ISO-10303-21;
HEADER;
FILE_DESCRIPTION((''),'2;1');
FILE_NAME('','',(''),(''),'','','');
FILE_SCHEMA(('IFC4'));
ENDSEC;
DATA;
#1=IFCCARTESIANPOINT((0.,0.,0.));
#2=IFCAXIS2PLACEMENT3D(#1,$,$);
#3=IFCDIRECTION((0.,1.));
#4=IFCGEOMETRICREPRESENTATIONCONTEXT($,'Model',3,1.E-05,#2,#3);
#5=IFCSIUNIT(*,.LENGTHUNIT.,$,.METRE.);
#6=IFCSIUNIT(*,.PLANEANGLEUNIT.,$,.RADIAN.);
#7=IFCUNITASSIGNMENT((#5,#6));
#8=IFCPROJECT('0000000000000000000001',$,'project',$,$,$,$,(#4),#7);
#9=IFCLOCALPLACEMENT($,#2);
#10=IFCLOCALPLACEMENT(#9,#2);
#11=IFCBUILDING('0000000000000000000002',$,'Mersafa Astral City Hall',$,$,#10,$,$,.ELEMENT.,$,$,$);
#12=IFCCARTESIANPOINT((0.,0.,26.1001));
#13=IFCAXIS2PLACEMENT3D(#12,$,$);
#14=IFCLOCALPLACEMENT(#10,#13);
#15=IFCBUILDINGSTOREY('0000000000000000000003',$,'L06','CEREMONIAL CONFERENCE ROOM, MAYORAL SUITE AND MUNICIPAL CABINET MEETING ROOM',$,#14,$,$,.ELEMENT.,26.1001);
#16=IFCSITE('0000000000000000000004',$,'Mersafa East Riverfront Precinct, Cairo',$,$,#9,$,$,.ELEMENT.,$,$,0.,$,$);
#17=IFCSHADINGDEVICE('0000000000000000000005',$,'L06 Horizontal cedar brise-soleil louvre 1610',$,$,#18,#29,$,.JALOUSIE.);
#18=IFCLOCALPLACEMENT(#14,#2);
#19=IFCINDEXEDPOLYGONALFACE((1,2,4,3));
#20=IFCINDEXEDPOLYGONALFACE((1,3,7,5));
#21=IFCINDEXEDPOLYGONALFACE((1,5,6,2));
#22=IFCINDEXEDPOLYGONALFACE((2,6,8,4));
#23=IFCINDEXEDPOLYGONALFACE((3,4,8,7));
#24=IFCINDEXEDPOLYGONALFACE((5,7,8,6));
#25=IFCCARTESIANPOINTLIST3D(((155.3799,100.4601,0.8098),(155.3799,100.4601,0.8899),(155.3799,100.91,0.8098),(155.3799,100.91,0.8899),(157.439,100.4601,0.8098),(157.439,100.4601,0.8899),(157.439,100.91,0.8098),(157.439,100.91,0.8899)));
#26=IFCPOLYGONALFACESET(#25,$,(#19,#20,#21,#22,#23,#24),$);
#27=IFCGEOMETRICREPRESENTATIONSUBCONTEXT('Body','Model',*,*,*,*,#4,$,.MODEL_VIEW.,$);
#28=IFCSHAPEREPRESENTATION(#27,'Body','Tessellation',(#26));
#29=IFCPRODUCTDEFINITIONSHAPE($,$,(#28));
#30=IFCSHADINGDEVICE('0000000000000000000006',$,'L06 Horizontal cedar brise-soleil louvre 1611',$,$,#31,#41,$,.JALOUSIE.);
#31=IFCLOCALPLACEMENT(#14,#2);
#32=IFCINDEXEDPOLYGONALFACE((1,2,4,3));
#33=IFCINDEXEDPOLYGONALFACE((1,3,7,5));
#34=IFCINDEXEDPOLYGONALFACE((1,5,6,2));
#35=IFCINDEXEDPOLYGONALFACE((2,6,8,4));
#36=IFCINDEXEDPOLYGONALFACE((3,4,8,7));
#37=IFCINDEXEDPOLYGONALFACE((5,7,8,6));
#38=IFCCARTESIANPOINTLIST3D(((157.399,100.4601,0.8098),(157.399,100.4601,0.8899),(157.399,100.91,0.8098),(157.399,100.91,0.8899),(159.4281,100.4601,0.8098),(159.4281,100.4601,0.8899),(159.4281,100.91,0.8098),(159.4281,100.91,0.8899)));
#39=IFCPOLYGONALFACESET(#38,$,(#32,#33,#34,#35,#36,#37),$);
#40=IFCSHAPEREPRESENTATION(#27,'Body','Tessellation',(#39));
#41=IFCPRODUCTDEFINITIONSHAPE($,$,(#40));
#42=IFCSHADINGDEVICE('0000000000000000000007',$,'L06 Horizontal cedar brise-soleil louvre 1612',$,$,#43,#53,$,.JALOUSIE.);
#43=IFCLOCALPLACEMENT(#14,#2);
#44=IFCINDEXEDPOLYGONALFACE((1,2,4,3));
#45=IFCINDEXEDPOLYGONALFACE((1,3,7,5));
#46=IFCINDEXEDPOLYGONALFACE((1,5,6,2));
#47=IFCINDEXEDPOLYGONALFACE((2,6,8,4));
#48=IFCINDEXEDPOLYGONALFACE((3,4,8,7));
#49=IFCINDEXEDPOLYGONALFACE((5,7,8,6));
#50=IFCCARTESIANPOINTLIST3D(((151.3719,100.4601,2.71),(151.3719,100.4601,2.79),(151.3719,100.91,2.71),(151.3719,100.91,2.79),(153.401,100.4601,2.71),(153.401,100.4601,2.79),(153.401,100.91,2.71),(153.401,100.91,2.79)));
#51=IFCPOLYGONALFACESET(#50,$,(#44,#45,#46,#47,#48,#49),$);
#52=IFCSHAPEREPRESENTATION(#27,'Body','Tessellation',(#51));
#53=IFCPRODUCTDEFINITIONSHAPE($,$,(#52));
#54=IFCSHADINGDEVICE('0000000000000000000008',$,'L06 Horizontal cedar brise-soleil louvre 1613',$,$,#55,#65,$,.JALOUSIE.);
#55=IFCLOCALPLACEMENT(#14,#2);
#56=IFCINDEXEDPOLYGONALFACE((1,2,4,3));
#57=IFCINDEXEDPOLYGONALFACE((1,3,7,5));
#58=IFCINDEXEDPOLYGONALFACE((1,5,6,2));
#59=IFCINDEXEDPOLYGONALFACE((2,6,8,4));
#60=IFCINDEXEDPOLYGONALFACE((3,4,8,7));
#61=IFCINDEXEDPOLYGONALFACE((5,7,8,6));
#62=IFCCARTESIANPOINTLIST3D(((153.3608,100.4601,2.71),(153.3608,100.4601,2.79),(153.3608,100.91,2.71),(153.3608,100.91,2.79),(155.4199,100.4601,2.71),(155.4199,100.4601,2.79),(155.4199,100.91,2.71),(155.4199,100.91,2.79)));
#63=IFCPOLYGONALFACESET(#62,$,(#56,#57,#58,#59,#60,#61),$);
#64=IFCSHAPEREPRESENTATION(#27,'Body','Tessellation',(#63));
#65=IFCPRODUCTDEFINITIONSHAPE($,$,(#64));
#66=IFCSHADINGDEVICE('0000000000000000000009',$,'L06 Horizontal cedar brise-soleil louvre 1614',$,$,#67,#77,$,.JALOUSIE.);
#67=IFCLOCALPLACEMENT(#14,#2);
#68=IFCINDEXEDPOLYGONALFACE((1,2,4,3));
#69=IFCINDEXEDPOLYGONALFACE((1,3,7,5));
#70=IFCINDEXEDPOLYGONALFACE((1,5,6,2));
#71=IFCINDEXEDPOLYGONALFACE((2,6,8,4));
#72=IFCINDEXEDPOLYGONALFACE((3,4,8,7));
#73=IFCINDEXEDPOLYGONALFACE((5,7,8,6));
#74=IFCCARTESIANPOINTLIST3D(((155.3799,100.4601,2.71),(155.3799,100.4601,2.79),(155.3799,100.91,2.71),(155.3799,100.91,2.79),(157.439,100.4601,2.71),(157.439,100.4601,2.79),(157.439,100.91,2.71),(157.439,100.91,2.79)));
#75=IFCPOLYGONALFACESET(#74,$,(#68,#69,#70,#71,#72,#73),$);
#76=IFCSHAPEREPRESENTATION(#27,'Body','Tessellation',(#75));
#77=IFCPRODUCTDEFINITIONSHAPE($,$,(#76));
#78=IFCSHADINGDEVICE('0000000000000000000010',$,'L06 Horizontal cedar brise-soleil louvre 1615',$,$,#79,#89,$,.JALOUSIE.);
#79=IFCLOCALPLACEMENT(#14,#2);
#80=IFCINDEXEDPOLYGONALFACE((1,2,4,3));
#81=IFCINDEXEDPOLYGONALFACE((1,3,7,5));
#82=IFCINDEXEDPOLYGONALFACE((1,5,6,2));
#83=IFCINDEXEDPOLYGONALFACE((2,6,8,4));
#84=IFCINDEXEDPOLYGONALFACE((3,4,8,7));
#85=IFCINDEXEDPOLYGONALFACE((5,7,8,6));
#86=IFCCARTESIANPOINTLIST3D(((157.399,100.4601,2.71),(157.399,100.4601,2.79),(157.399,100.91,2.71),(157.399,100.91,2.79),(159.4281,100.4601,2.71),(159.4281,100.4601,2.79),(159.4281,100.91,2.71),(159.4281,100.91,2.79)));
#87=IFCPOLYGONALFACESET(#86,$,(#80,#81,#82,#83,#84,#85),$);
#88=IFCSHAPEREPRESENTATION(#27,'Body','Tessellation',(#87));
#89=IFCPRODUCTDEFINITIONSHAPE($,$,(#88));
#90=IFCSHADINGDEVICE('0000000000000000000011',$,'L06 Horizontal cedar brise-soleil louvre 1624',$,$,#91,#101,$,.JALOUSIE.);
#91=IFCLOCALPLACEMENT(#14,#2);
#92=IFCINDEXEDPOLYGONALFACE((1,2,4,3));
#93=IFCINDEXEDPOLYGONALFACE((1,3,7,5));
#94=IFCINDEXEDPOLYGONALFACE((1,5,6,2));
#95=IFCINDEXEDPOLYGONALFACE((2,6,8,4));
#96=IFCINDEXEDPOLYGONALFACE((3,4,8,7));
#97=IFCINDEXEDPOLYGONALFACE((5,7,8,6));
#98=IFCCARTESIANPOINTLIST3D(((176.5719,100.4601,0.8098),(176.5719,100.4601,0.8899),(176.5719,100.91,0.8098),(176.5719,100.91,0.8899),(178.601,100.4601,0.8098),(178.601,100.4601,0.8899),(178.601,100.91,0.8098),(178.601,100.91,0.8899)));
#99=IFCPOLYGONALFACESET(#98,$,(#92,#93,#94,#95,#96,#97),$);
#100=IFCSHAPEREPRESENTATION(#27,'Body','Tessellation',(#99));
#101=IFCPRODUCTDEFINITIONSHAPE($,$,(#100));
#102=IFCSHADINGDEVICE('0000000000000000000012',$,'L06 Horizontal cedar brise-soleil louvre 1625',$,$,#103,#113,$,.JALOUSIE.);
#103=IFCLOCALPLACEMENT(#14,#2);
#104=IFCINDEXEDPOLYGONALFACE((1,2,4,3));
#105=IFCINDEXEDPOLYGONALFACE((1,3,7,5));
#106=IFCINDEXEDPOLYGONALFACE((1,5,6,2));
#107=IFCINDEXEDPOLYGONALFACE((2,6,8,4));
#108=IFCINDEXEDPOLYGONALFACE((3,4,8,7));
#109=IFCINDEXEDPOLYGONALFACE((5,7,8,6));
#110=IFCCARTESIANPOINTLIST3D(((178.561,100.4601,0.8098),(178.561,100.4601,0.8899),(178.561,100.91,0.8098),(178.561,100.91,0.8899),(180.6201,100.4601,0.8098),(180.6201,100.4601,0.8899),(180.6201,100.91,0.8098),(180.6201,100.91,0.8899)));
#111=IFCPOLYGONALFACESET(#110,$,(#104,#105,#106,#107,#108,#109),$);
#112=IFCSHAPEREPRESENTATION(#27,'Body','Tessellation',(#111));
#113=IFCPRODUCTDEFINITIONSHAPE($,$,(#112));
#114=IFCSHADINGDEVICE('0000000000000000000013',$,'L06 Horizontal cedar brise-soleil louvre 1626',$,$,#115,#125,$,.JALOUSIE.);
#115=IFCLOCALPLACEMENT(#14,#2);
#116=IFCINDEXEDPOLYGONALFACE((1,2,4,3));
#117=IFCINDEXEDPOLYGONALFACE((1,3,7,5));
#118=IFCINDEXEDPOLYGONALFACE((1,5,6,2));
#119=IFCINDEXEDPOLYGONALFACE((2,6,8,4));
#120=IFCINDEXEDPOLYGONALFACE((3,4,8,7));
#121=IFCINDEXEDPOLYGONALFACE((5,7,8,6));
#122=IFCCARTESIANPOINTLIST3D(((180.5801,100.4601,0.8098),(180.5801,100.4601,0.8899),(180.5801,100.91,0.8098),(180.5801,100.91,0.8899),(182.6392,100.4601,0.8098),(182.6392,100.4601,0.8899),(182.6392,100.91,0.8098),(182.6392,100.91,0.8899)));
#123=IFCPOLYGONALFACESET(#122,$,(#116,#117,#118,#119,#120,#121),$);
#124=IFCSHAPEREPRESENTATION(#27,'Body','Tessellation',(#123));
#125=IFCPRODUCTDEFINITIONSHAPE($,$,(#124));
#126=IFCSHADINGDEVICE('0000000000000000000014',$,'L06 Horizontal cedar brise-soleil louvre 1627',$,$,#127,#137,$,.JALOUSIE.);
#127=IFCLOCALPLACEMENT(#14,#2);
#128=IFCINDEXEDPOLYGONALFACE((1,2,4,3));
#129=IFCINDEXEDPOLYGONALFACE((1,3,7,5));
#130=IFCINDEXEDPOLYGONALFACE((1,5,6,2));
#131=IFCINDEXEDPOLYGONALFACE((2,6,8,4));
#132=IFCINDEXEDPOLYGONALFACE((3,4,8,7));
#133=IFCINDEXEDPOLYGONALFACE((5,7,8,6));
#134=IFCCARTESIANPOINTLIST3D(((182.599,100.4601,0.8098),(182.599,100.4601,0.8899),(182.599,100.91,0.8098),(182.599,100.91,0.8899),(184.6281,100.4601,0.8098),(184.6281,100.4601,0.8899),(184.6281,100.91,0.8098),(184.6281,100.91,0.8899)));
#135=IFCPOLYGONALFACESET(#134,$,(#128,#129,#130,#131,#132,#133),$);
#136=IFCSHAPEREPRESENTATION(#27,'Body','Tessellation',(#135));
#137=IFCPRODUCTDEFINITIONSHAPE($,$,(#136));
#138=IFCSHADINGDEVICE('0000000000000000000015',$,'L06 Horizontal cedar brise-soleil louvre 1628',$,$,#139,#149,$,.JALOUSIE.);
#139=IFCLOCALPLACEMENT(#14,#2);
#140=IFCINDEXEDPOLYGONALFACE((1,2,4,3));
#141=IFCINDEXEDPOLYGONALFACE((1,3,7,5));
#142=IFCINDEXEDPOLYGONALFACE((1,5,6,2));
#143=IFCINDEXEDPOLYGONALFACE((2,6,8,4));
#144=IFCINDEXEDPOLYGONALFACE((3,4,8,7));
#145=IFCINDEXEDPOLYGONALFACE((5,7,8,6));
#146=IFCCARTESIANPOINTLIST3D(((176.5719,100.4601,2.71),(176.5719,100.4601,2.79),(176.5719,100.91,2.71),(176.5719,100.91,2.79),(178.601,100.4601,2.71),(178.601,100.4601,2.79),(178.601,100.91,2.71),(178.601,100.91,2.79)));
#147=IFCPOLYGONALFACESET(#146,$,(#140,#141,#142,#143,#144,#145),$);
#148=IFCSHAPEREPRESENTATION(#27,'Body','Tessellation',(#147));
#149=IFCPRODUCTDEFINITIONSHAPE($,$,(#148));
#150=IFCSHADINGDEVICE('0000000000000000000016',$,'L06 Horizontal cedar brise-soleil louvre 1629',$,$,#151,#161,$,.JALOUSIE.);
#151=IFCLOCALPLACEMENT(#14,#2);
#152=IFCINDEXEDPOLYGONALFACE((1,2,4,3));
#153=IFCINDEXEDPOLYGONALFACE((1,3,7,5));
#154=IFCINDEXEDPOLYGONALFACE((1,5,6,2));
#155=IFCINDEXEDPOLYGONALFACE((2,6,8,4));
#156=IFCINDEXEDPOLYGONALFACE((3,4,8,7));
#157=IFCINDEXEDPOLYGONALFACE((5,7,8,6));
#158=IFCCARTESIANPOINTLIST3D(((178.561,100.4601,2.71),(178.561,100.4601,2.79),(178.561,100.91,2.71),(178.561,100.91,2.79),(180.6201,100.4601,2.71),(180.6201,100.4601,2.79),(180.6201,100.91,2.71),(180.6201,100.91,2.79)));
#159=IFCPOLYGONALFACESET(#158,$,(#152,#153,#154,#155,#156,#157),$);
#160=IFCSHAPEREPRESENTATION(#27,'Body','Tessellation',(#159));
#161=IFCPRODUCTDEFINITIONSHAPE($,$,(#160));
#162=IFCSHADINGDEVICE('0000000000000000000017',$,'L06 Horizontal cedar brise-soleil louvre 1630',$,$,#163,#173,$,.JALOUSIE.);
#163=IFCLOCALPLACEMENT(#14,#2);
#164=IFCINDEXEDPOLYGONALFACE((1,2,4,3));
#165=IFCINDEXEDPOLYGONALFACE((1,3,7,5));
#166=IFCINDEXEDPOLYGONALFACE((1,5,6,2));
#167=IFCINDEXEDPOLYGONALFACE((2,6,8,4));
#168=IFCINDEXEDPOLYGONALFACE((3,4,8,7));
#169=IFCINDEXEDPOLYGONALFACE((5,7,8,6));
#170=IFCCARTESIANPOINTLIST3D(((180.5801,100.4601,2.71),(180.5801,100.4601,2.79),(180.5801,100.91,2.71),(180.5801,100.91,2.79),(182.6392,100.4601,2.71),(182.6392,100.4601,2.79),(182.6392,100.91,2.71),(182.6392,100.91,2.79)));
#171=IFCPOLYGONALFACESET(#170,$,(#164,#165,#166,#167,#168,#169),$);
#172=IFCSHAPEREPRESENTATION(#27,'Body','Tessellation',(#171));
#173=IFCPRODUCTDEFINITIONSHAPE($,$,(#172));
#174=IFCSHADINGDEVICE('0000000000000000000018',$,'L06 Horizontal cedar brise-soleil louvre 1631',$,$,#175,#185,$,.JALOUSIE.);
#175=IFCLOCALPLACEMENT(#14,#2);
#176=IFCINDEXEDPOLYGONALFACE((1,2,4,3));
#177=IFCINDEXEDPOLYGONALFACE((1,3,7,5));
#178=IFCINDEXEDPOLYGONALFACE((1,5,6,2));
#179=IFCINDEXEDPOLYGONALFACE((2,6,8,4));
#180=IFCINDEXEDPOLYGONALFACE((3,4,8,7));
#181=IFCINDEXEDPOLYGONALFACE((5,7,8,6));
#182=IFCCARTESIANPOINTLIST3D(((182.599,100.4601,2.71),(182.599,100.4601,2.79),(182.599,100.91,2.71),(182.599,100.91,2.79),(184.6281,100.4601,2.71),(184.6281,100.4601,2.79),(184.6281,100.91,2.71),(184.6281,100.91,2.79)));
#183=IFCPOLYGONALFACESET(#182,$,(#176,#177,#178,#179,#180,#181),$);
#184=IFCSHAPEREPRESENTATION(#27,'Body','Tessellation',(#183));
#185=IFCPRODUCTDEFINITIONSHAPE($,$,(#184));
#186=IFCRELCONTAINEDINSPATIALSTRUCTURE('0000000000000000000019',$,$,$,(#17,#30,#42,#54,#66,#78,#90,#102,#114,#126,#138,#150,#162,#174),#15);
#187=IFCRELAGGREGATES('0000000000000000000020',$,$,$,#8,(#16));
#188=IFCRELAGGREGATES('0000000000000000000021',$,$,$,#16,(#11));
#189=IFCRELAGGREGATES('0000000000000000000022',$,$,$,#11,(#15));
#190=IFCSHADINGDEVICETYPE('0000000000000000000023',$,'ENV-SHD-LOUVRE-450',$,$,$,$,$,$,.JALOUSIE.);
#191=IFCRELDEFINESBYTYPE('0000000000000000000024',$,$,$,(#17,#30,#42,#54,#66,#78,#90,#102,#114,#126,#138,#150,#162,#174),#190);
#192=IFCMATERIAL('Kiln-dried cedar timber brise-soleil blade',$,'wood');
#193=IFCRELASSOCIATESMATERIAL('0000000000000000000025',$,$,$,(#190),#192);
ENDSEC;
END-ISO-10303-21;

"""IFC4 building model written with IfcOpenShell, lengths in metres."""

from ifc_helpers import new_model, si_unit, direction, frame, origin, origin_2d, place, context, subcontext, project, spatial, rectangle, extrude, material, type_object, element, save


model = new_model("IFC4")

# Units and contexts
model_context = context("Model", 3, precision=1e-05, world=origin(), true_north=direction((0.0, 1.0)))
body_context = subcontext(model_context, "Body", "Model", "MODEL_VIEW")
ifc_project = project(units=[si_unit("LENGTHUNIT", "METRE"), si_unit("PLANEANGLEUNIT", "RADIAN")], contexts=[model_context])

# Site, building, storey
site_placement = place(None, origin())
site = spatial("IfcSite", under=ifc_project, at=site_placement, Name="Mersafa East Riverfront Precinct, Cairo", CompositionType="ELEMENT", RefElevation=0.0)
building_placement = place(site_placement, origin())
building = spatial("IfcBuilding", under=site, at=building_placement, Name="Mersafa Astral City Hall", CompositionType="ELEMENT")
storey_placement = place(building_placement, frame((0.0, 0.0, 26.1001)))
storey = spatial("IfcBuildingStorey", under=building, at=storey_placement, Name="L06", Description="CEREMONIAL CONFERENCE ROOM, MAYORAL SUITE AND MUNICIPAL CABINET MEETING ROOM", CompositionType="ELEMENT", Elevation=26.1001)

# Shading devices
ifc_material_1 = material(Name="Kiln-dried cedar timber brise-soleil blade", Category="wood")
shading_device_type = type_object("IfcShadingDeviceType", Name="ENV-SHD-LOUVRE-450", PredefinedType="JALOUSIE", material=ifc_material_1)
for number, where, z_axis, x_axis, name in (
    (1, (156.4094, 100.6851, 0.8098), (0.0, 0.0, 1.0), (1.0, 0.0, 0.0), "L06 Horizontal cedar brise-soleil louvre 1610"),
):
    element("IfcShadingDevice", number, at=place(storey_placement, frame(where, z_axis=z_axis, x_axis=x_axis)), inside=storey, type_object=shading_device_type, Name=name, PredefinedType="JALOUSIE", context=body_context, shape_type="SweptSolid", body=[
        extrude(rectangle(XDim=2.0591, YDim=0.45, at=origin_2d()), origin(), (0.0, 0.0, 1.0), 0.0801),
    ])
for number, where, z_axis, x_axis, name in (
    (2, (158.4136, 100.6851, 0.8098), (0.0, 0.0, 1.0), (1.0, 0.0, 0.0), "L06 Horizontal cedar brise-soleil louvre 1611"),
    (3, (152.3865, 100.6851, 2.71), (0.0, 0.0, 1.0), (1.0, 0.0, 0.0), "L06 Horizontal cedar brise-soleil louvre 1612"),
):
    element("IfcShadingDevice", number, at=place(storey_placement, frame(where, z_axis=z_axis, x_axis=x_axis)), inside=storey, type_object=shading_device_type, Name=name, PredefinedType="JALOUSIE", context=body_context, shape_type="SweptSolid", body=[
        extrude(rectangle(XDim=2.0291, YDim=0.45, at=origin_2d()), origin(), (0.0, 0.0, 1.0), 0.0801),
    ])
for number, where, z_axis, x_axis, name in (
    (4, (154.3904, 100.6851, 2.71), (0.0, 0.0, 1.0), (1.0, 0.0, 0.0), "L06 Horizontal cedar brise-soleil louvre 1613"),
    (5, (156.4094, 100.6851, 2.71), (0.0, 0.0, 1.0), (1.0, 0.0, 0.0), "L06 Horizontal cedar brise-soleil louvre 1614"),
):
    element("IfcShadingDevice", number, at=place(storey_placement, frame(where, z_axis=z_axis, x_axis=x_axis)), inside=storey, type_object=shading_device_type, Name=name, PredefinedType="JALOUSIE", context=body_context, shape_type="SweptSolid", body=[
        extrude(rectangle(XDim=2.0591, YDim=0.45, at=origin_2d()), origin(), (0.0, 0.0, 1.0), 0.0801),
    ])
for number, where, z_axis, x_axis, name in (
    (6, (158.4136, 100.6851, 2.71), (0.0, 0.0, 1.0), (1.0, 0.0, 0.0), "L06 Horizontal cedar brise-soleil louvre 1615"),
    (7, (177.5864, 100.6851, 0.8098), (0.0, 0.0, 1.0), (1.0, 0.0, 0.0), "L06 Horizontal cedar brise-soleil louvre 1624"),
):
    element("IfcShadingDevice", number, at=place(storey_placement, frame(where, z_axis=z_axis, x_axis=x_axis)), inside=storey, type_object=shading_device_type, Name=name, PredefinedType="JALOUSIE", context=body_context, shape_type="SweptSolid", body=[
        extrude(rectangle(XDim=2.0291, YDim=0.45, at=origin_2d()), origin(), (0.0, 0.0, 1.0), 0.0801),
    ])
for number, where, z_axis, x_axis, name in (
    (8, (179.5906, 100.6851, 0.8098), (0.0, 0.0, 1.0), (1.0, 0.0, 0.0), "L06 Horizontal cedar brise-soleil louvre 1625"),
    (9, (181.6096, 100.6851, 0.8098), (0.0, 0.0, 1.0), (1.0, 0.0, 0.0), "L06 Horizontal cedar brise-soleil louvre 1626"),
):
    element("IfcShadingDevice", number, at=place(storey_placement, frame(where, z_axis=z_axis, x_axis=x_axis)), inside=storey, type_object=shading_device_type, Name=name, PredefinedType="JALOUSIE", context=body_context, shape_type="SweptSolid", body=[
        extrude(rectangle(XDim=2.0591, YDim=0.45, at=origin_2d()), origin(), (0.0, 0.0, 1.0), 0.0801),
    ])
for number, where, z_axis, x_axis, name in (
    (10, (183.6135, 100.6851, 0.8098), (0.0, 0.0, 1.0), (1.0, 0.0, 0.0), "L06 Horizontal cedar brise-soleil louvre 1627"),
    (11, (177.5864, 100.6851, 2.71), (0.0, 0.0, 1.0), (1.0, 0.0, 0.0), "L06 Horizontal cedar brise-soleil louvre 1628"),
):
    element("IfcShadingDevice", number, at=place(storey_placement, frame(where, z_axis=z_axis, x_axis=x_axis)), inside=storey, type_object=shading_device_type, Name=name, PredefinedType="JALOUSIE", context=body_context, shape_type="SweptSolid", body=[
        extrude(rectangle(XDim=2.0291, YDim=0.45, at=origin_2d()), origin(), (0.0, 0.0, 1.0), 0.0801),
    ])
for number, where, z_axis, x_axis, name in (
    (12, (179.5906, 100.6851, 2.71), (0.0, 0.0, 1.0), (1.0, 0.0, 0.0), "L06 Horizontal cedar brise-soleil louvre 1629"),
    (13, (181.6096, 100.6851, 2.71), (0.0, 0.0, 1.0), (1.0, 0.0, 0.0), "L06 Horizontal cedar brise-soleil louvre 1630"),
):
    element("IfcShadingDevice", number, at=place(storey_placement, frame(where, z_axis=z_axis, x_axis=x_axis)), inside=storey, type_object=shading_device_type, Name=name, PredefinedType="JALOUSIE", context=body_context, shape_type="SweptSolid", body=[
        extrude(rectangle(XDim=2.0591, YDim=0.45, at=origin_2d()), origin(), (0.0, 0.0, 1.0), 0.0801),
    ])
shading_device_1_placement = place(storey_placement, frame((183.6135, 100.6851, 2.71), z_axis=(0.0, 0.0, 1.0), x_axis=(1.0, 0.0, 0.0)))
element("IfcShadingDevice", 14, at=shading_device_1_placement, inside=storey, type_object=shading_device_type, Name="L06 Horizontal cedar brise-soleil louvre 1631", PredefinedType="JALOUSIE", context=body_context, shape_type="SweptSolid", body=[
    extrude(rectangle(XDim=2.0291, YDim=0.45, at=origin_2d()), origin(), (0.0, 0.0, 1.0), 0.0801),
])

save(model, "model.ifc")
